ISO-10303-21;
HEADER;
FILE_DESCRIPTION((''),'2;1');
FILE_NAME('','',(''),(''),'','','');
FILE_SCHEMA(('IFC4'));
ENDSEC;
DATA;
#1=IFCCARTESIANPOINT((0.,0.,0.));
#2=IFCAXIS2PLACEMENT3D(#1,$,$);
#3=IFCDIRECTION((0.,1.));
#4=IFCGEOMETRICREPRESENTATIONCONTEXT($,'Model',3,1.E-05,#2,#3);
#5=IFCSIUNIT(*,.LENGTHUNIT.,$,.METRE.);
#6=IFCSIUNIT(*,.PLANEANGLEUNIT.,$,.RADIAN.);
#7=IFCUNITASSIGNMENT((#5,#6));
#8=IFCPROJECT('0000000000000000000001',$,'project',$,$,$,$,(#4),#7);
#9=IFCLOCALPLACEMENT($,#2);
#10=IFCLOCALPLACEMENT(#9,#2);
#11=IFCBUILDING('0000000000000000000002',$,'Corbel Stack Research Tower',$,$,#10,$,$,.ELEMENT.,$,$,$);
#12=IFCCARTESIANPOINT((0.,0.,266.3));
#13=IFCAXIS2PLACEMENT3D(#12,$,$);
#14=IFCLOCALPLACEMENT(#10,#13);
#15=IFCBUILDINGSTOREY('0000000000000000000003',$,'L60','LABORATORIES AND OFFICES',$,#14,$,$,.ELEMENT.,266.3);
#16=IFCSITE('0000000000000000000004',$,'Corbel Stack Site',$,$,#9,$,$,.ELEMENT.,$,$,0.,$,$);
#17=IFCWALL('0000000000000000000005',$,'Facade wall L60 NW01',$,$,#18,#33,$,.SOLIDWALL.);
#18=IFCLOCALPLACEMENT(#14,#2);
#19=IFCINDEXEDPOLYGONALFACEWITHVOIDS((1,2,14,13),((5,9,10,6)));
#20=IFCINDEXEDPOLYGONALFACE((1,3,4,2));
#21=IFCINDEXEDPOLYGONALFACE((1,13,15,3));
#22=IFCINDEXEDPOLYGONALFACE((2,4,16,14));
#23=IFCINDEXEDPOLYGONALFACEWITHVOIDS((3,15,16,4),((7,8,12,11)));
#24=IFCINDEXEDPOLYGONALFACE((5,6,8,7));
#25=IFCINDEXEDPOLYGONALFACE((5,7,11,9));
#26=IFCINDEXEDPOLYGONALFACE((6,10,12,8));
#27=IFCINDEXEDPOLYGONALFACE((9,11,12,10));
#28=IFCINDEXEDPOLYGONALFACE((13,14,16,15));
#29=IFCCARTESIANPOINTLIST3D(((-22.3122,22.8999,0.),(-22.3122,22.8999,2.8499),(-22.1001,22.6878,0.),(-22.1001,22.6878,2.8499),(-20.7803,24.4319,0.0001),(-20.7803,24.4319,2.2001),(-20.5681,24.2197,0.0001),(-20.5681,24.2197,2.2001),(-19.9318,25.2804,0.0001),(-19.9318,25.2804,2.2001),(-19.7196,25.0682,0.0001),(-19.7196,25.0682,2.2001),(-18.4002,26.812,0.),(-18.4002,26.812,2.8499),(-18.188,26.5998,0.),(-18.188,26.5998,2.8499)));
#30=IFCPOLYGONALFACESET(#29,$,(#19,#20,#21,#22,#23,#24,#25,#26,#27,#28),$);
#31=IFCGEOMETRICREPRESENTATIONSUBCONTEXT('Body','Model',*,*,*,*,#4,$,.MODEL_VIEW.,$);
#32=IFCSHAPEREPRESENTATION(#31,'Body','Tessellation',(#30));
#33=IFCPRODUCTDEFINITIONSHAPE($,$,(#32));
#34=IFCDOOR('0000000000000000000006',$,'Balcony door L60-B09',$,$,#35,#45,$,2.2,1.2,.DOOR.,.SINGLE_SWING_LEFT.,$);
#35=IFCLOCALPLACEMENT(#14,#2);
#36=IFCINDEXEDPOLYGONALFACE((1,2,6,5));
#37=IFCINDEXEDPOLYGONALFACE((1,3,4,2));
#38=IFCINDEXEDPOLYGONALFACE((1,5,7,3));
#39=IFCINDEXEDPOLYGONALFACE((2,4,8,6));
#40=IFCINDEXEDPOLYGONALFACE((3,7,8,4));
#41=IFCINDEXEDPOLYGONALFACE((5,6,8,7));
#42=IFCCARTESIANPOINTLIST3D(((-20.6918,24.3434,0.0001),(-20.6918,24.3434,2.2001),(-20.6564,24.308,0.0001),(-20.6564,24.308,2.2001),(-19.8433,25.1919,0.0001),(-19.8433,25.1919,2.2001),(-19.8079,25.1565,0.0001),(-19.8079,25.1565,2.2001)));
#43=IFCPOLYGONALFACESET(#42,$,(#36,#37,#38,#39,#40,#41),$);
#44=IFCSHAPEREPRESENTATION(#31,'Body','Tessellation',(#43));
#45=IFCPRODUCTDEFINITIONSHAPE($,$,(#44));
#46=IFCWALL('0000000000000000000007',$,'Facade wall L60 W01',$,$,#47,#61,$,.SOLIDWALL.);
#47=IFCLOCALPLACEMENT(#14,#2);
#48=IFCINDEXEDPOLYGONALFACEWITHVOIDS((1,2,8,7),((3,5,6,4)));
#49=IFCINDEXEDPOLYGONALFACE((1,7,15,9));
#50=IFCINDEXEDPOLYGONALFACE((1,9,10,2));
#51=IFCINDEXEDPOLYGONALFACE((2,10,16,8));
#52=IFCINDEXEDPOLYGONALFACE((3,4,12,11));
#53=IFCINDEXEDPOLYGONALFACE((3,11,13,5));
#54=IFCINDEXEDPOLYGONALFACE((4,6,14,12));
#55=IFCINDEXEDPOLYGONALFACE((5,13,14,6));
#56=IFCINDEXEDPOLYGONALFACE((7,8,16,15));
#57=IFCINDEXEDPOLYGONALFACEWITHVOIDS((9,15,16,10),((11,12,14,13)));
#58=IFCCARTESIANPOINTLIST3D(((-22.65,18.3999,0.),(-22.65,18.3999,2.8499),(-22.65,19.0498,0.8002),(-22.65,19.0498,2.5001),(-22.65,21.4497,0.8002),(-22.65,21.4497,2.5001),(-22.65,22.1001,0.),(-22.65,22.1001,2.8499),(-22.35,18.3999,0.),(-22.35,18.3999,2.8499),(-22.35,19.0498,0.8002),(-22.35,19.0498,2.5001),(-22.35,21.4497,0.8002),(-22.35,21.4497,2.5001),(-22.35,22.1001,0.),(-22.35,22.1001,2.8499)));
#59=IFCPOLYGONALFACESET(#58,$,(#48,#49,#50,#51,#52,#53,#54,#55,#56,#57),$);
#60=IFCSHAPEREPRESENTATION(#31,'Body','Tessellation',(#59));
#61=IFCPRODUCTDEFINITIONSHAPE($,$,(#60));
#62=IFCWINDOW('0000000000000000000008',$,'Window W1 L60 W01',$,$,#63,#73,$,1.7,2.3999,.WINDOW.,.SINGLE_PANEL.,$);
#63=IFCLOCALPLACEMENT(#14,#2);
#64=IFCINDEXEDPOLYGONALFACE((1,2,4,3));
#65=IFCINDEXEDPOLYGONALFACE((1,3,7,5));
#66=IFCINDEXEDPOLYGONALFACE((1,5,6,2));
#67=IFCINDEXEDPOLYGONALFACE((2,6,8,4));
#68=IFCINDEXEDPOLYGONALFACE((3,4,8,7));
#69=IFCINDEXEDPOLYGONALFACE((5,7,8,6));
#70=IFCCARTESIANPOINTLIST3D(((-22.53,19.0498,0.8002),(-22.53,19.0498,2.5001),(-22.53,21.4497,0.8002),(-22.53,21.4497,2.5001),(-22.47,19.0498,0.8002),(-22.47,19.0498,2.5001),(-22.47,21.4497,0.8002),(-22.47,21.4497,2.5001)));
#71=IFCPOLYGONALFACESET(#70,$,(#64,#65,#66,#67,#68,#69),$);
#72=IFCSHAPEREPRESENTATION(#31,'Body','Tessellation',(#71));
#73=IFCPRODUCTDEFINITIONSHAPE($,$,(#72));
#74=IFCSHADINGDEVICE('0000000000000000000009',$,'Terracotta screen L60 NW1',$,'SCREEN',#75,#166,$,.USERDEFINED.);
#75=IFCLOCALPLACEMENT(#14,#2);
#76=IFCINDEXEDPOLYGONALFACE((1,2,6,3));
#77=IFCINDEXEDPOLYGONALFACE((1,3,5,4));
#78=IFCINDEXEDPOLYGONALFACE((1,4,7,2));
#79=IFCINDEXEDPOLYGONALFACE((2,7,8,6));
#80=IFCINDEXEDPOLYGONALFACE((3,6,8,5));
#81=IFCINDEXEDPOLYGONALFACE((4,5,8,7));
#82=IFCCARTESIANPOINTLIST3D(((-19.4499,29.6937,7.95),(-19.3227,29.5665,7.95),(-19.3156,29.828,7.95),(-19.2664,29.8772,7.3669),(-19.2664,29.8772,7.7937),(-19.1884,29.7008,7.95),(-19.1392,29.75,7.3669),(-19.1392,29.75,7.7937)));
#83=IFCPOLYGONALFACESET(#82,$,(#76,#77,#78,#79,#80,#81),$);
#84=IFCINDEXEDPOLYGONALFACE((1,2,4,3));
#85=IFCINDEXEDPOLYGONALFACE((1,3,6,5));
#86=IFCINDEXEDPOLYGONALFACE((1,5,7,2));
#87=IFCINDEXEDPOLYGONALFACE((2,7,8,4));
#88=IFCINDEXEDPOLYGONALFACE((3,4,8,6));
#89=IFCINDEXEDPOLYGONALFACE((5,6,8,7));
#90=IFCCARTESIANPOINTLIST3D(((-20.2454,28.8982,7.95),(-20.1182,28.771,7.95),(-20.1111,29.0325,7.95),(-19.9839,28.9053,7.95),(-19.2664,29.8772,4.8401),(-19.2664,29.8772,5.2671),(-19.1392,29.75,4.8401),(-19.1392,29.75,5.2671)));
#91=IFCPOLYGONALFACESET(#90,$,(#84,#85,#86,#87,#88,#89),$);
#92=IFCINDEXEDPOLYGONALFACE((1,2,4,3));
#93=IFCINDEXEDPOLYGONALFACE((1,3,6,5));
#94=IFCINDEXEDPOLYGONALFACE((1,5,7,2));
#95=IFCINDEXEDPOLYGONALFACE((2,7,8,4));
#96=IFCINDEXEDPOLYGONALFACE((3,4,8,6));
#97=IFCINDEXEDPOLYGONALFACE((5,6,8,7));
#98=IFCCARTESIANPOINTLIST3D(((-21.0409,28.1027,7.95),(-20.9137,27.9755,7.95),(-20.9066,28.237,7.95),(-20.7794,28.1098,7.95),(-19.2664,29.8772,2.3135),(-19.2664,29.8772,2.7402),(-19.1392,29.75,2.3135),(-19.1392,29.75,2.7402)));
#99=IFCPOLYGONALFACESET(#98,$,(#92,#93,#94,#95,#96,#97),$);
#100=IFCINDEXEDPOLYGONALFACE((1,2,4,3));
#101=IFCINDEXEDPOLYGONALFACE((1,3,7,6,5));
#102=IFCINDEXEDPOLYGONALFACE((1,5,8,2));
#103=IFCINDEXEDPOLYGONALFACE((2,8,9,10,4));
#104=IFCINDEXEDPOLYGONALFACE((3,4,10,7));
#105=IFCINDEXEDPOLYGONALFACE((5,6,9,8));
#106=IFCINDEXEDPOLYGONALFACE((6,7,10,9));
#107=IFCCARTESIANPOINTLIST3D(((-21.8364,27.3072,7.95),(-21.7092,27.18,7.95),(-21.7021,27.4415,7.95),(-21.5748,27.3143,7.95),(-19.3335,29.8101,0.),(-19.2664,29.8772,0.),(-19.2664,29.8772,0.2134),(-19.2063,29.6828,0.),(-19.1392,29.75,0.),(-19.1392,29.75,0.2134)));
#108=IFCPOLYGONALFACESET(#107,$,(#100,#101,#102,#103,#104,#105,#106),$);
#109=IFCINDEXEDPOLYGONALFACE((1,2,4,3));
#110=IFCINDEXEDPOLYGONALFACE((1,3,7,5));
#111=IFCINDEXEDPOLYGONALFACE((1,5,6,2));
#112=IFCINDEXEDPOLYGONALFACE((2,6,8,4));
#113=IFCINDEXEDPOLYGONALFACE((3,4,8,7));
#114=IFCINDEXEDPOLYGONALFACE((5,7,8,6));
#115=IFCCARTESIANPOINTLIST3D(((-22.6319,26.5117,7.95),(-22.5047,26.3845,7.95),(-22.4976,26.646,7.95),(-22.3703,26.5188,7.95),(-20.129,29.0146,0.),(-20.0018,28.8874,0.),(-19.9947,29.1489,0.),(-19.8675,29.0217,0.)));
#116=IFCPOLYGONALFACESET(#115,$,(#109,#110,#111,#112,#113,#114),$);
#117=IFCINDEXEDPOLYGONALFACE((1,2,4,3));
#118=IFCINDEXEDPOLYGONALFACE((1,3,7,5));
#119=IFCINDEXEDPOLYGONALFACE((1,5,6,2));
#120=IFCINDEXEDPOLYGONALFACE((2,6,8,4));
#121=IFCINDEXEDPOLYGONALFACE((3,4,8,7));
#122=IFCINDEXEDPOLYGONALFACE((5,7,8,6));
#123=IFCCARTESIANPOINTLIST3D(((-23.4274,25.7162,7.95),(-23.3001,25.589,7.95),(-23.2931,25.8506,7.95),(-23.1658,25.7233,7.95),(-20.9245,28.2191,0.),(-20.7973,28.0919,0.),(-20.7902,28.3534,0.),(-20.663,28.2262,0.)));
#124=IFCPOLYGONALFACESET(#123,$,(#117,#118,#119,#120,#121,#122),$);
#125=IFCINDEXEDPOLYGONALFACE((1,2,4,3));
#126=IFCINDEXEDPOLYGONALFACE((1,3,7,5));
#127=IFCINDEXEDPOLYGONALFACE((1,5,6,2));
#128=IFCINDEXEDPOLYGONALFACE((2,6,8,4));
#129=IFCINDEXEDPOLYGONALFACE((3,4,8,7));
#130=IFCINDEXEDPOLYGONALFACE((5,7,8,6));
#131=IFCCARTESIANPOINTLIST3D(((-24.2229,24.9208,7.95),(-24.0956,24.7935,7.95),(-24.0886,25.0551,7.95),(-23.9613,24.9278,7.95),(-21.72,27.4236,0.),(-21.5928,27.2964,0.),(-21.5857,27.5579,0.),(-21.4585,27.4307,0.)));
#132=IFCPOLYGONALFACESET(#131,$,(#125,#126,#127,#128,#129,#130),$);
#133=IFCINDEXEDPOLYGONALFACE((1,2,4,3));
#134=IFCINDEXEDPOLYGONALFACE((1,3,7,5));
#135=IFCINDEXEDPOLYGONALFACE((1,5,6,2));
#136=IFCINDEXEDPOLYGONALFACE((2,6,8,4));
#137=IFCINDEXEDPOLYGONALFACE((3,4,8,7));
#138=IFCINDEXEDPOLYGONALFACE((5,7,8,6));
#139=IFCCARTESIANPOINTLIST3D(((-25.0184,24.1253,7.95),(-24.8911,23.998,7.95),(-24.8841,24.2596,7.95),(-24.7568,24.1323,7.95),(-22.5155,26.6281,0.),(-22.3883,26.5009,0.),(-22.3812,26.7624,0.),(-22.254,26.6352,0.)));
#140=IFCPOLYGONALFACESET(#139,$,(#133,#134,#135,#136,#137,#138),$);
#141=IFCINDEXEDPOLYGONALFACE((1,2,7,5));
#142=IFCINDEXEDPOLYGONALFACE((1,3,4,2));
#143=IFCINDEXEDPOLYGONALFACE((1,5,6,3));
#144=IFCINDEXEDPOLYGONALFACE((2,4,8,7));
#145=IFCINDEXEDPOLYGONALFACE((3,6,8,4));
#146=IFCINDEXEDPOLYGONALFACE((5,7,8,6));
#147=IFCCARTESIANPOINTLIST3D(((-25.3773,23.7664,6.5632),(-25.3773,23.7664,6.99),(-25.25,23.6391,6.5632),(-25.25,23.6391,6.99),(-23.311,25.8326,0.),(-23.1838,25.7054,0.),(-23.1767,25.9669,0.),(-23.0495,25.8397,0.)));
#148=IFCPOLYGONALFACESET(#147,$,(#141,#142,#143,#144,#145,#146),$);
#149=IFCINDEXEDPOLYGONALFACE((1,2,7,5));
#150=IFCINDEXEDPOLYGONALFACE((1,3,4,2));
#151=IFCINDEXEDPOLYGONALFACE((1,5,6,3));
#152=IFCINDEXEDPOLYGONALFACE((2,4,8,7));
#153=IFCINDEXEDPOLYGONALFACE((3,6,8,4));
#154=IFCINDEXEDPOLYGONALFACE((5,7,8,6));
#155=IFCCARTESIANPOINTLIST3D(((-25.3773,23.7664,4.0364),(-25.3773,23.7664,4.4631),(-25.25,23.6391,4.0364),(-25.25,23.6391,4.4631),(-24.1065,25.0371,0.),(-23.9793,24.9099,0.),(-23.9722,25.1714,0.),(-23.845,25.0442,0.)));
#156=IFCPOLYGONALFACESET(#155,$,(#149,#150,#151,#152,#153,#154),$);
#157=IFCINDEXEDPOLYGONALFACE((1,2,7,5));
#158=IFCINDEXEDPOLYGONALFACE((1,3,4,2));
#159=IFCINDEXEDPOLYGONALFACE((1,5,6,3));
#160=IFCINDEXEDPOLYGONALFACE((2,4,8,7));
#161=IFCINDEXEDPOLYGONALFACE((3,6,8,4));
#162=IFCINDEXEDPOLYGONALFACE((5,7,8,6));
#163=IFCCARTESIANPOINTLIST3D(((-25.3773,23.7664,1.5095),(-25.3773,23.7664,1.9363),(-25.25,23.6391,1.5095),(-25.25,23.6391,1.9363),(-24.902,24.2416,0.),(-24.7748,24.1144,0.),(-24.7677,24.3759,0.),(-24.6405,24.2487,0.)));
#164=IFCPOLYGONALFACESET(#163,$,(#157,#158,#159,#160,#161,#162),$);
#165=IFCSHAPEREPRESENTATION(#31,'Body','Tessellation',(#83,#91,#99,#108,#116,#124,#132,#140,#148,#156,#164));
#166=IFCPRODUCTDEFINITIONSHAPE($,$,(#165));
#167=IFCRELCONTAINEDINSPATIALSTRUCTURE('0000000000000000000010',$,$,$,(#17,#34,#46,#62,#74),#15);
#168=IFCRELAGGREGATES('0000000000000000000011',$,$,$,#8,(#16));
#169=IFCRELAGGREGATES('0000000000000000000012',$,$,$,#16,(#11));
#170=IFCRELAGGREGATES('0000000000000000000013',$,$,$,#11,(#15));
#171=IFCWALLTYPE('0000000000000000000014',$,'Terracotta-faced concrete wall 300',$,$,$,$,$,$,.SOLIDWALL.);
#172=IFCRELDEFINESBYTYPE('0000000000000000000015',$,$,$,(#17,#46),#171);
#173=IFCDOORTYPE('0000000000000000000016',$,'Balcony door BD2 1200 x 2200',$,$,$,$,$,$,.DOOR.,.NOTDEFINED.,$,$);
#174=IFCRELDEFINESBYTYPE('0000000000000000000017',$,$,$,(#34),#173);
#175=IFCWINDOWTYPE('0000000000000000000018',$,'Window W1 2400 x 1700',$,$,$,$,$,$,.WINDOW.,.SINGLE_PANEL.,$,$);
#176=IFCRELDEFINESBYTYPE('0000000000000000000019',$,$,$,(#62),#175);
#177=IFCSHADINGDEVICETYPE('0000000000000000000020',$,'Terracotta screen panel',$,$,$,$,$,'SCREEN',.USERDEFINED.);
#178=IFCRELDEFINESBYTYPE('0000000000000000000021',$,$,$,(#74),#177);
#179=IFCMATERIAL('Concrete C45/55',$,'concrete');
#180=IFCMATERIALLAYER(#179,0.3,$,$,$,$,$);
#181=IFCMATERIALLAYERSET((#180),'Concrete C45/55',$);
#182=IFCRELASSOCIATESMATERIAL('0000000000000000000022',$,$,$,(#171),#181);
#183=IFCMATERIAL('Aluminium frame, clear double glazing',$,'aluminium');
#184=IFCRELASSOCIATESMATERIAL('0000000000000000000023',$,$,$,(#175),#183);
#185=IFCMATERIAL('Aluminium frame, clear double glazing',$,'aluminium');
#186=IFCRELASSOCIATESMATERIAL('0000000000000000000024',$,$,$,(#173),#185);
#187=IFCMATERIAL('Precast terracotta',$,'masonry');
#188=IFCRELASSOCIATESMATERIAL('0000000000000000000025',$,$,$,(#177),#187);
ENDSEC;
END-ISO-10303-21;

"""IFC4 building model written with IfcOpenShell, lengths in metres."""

from ifc_helpers import new_model, si_unit, direction, frame, frame_2d, origin, place, context, subcontext, project, spatial, polyline, rectangle, outline, extrude, source, transform, mapped, material, layer, layer_set, type_object, element, fill, save


model = new_model("IFC4")

# Units and contexts
model_context = context("Model", 3, precision=1e-05, world=origin(), true_north=direction((0.0, 1.0)))
body_context = subcontext(model_context, "Body", "Model", "MODEL_VIEW")
ifc_project = project(units=[si_unit("LENGTHUNIT", "METRE"), si_unit("PLANEANGLEUNIT", "RADIAN")], contexts=[model_context])

# Site, building, storey
site_placement = place(None, origin())
site = spatial("IfcSite", under=ifc_project, at=site_placement, Name="Corbel Stack Site", CompositionType="ELEMENT", RefElevation=0.0)
building_placement = place(site_placement, origin())
building = spatial("IfcBuilding", under=site, at=building_placement, Name="Corbel Stack Research Tower", CompositionType="ELEMENT")
storey_placement = place(building_placement, frame((0.0, 0.0, 266.3)))
storey = spatial("IfcBuildingStorey", under=building, at=storey_placement, Name="L60", Description="LABORATORIES AND OFFICES", CompositionType="ELEMENT", Elevation=266.3)

# Shared definitions
ifc_material_1 = material(Name="Concrete C45/55", Category="concrete")
ifc_layer_1 = layer(ifc_material_1, 0.3)
ifc_layer_set_1 = layer_set([ifc_layer_1], Name="Concrete C45/55")
wall_type_1 = type_object("IfcWallType", Name="Terracotta-faced concrete wall 300", PredefinedType="SOLIDWALL", material=ifc_layer_set_1)
ifc_material_2 = material(Name="Aluminium frame, clear double glazing", Category="aluminium")
window_type = type_object("IfcWindowType", Name="Window W1 2400 x 1700", PartitioningType="SINGLE_PANEL", PredefinedType="WINDOW", material=ifc_material_2)

# Wall, opening, door
wall_1_placement = place(storey_placement, frame((-22.2061, 22.7939, 0.0), z_axis=(0.0, 0.0, 1.0), x_axis=(0.707107, 0.707107, 0.0)))
wall_1 = element("IfcWall", 1, at=wall_1_placement, inside=storey, type_object=wall_type_1, Name="Facade wall L60 NW01", PredefinedType="SOLIDWALL", context=body_context, shape_type="SweptSolid", body=[
    extrude(rectangle(XDim=5.5325, YDim=0.3, at=frame_2d((2.7661, 0.0))), origin(), (0.0, 0.0, 1.0), 2.8499),
])
opening_1_placement = place(wall_1_placement, frame((2.1663, 0.0, 0.0)))
opening_1 = element("IfcOpeningElement", 2, at=opening_1_placement, cuts=wall_1, PredefinedType="OPENING", context=body_context, shape_type="SweptSolid", body=[
    extrude(rectangle(XDim=1.2, YDim=2.2, at=frame_2d((0.6001, 1.1001))), frame((0.0, 0.1599, 0.0), z_axis=(0.0, -1.0, 0.0), x_axis=(1.0, 0.0, 0.0)), (0.0, 0.0, 1.0), 0.3201),
])
ifc_material_3 = material(Name="Aluminium frame, clear double glazing", Category="aluminium")
door_type_1 = type_object("IfcDoorType", Name="Balcony door BD2 1200 x 2200", OperationType="NOTDEFINED", PredefinedType="DOOR", material=ifc_material_3)
door_1_placement = place(opening_1_placement, origin())
door_1 = element("IfcDoor", 3, at=door_1_placement, inside=storey, type_object=door_type_1, Name="Balcony door L60-B09", OperationType="SINGLE_SWING_LEFT", OverallHeight=2.2, OverallWidth=1.2, PredefinedType="DOOR", context=body_context, shape_type="SweptSolid", body=[
    extrude(rectangle(XDim=1.2, YDim=2.2, at=frame_2d((0.6001, 1.1001))), frame((0.0, 0.0249, 0.0), z_axis=(0.0, -1.0, 0.0), x_axis=(1.0, 0.0, 0.0)), (0.0, 0.0, 1.0), 0.05),
])
fill(opening_1, door_1)

# Wall, opening, window
wall_2_placement = place(storey_placement, frame((-22.5, 18.3999, 0.0), z_axis=(0.0, 0.0, 1.0), x_axis=(0.0, 1.0, 0.0)))
wall_2 = element("IfcWall", 4, at=wall_2_placement, inside=storey, type_object=wall_type_1, Name="Facade wall L60 W01", PredefinedType="SOLIDWALL", context=body_context, shape_type="SweptSolid", body=[
    extrude(rectangle(XDim=3.7002, YDim=0.3, at=frame_2d((1.8501, 0.0))), origin(), (0.0, 0.0, 1.0), 2.8499),
])
opening_2_placement = place(wall_2_placement, frame((0.6499, 0.0, 0.8)))
opening_2 = element("IfcOpeningElement", 5, at=opening_2_placement, cuts=wall_2, PredefinedType="OPENING", context=body_context, shape_type="SweptSolid", body=[
    extrude(rectangle(XDim=2.3999, YDim=1.7, at=frame_2d((1.2, 0.8501))), frame((0.0, 0.1599, 0.0), z_axis=(0.0, -1.0, 0.0), x_axis=(1.0, 0.0, 0.0)), (0.0, 0.0, 1.0), 0.3201),
])
window_1_placement = place(opening_2_placement, origin())
window_1 = element("IfcWindow", 6, at=window_1_placement, inside=storey, type_object=window_type, Name="Window W1 L60 W01", OverallHeight=1.7, OverallWidth=2.3999, PartitioningType="SINGLE_PANEL", PredefinedType="WINDOW", context=body_context, shape_type="SweptSolid", body=[
    extrude(rectangle(XDim=2.3999, YDim=1.7, at=frame_2d((1.2, 0.8501))), frame((0.0, 0.03, 0.0), z_axis=(0.0, -1.0, 0.0), x_axis=(1.0, 0.0, 0.0)), (0.0, 0.0, 1.0), 0.0601),
])
fill(opening_2, window_1)

# Shading device
ifc_material_4 = material(Name="Precast terracotta", Category="masonry")
shading_device_type = type_object("IfcShadingDeviceType", Name="Terracotta screen panel", ElementType="SCREEN", PredefinedType="USERDEFINED", material=ifc_material_4)
shared_shape_1 = source(origin(), body_context, "Body", "SweptSolid", [
    extrude(outline(polyline([(0.2595, 7.95), (0.0696, 7.95), (0.0, 7.7937), (0.0, 7.3669), (0.2595, 7.95)])), frame((0.0, 0.0, 0.0), z_axis=(0.0, -1.0, 0.0), x_axis=(1.0, 0.0, 0.0)), (0.0, 0.0, 1.0), 0.1799),
    extrude(outline(polyline([(1.3845, 7.95), (1.1946, 7.95), (0.0, 5.2671), (0.0, 4.8401), (1.3845, 7.95)])), frame((0.0, 0.0, 0.0), z_axis=(0.0, -1.0, 0.0), x_axis=(1.0, 0.0, 0.0)), (0.0, 0.0, 1.0), 0.1799),
    extrude(outline(polyline([(2.5095, 7.95), (2.3196, 7.95), (0.0, 2.7402), (0.0, 2.3135), (2.5095, 7.95)])), frame((0.0, 0.0, 0.0), z_axis=(0.0, -1.0, 0.0), x_axis=(1.0, 0.0, 0.0)), (0.0, 0.0, 1.0), 0.1799),
    extrude(outline(polyline([(0.095, 0.0), (3.6345, 7.95), (3.4446, 7.95), (0.0, 0.2134), (0.0, 0.0), (0.095, 0.0)])), frame((0.0, 0.0, 0.0), z_axis=(0.0, -1.0, 0.0), x_axis=(1.0, 0.0, 0.0)), (0.0, 0.0, 1.0), 0.1799),
    extrude(outline(polyline([(1.22, 0.0), (4.7595, 7.95), (4.5696, 7.95), (1.03, 0.0), (1.22, 0.0)])), frame((0.0, 0.0, 0.0), z_axis=(0.0, -1.0, 0.0), x_axis=(1.0, 0.0, 0.0)), (0.0, 0.0, 1.0), 0.1799),
    extrude(outline(polyline([(2.345, 0.0), (5.8845, 7.95), (5.6946, 7.95), (2.155, 0.0), (2.345, 0.0)])), frame((0.0, 0.0, 0.0), z_axis=(0.0, -1.0, 0.0), x_axis=(1.0, 0.0, 0.0)), (0.0, 0.0, 1.0), 0.1799),
    extrude(outline(polyline([(3.47, 0.0), (7.0095, 7.95), (6.8196, 7.95), (3.28, 0.0), (3.47, 0.0)])), frame((0.0, 0.0, 0.0), z_axis=(0.0, -1.0, 0.0), x_axis=(1.0, 0.0, 0.0)), (0.0, 0.0, 1.0), 0.1799),
    extrude(outline(polyline([(4.595, 0.0), (8.1345, 7.95), (7.9446, 7.95), (4.405, 0.0), (4.595, 0.0)])), frame((0.0, 0.0, 0.0), z_axis=(0.0, -1.0, 0.0), x_axis=(1.0, 0.0, 0.0)), (0.0, 0.0, 1.0), 0.1799),
    extrude(outline(polyline([(5.72, 0.0), (8.6421, 6.5632), (8.6421, 6.99), (5.53, 0.0), (5.72, 0.0)])), frame((0.0, 0.0, 0.0), z_axis=(0.0, -1.0, 0.0), x_axis=(1.0, 0.0, 0.0)), (0.0, 0.0, 1.0), 0.1799),
    extrude(outline(polyline([(6.845, 0.0), (8.6421, 4.0364), (8.6421, 4.4631), (6.655, 0.0), (6.845, 0.0)])), frame((0.0, 0.0, 0.0), z_axis=(0.0, -1.0, 0.0), x_axis=(1.0, 0.0, 0.0)), (0.0, 0.0, 1.0), 0.1799),
    extrude(outline(polyline([(7.97, 0.0), (8.6421, 1.5095), (8.6421, 1.9363), (7.78, 0.0), (7.97, 0.0)])), frame((0.0, 0.0, 0.0), z_axis=(0.0, -1.0, 0.0), x_axis=(1.0, 0.0, 0.0)), (0.0, 0.0, 1.0), 0.1799),
])
shading_device_1_placement = place(storey_placement, frame((-19.1392, 29.75, 0.0), z_axis=(0.0, 0.0, 1.0), x_axis=(-0.707107, -0.707107, 0.0)))
element("IfcShadingDevice", 7, at=shading_device_1_placement, inside=storey, type_object=shading_device_type, Name="Terracotta screen L60 NW1", ObjectType="SCREEN", PredefinedType="USERDEFINED", context=body_context, shape_type="MappedRepresentation", body=[
    mapped(shared_shape_1, transform((0.0, 0.0, 0.0))),
])

save(model, "model.ifc")
